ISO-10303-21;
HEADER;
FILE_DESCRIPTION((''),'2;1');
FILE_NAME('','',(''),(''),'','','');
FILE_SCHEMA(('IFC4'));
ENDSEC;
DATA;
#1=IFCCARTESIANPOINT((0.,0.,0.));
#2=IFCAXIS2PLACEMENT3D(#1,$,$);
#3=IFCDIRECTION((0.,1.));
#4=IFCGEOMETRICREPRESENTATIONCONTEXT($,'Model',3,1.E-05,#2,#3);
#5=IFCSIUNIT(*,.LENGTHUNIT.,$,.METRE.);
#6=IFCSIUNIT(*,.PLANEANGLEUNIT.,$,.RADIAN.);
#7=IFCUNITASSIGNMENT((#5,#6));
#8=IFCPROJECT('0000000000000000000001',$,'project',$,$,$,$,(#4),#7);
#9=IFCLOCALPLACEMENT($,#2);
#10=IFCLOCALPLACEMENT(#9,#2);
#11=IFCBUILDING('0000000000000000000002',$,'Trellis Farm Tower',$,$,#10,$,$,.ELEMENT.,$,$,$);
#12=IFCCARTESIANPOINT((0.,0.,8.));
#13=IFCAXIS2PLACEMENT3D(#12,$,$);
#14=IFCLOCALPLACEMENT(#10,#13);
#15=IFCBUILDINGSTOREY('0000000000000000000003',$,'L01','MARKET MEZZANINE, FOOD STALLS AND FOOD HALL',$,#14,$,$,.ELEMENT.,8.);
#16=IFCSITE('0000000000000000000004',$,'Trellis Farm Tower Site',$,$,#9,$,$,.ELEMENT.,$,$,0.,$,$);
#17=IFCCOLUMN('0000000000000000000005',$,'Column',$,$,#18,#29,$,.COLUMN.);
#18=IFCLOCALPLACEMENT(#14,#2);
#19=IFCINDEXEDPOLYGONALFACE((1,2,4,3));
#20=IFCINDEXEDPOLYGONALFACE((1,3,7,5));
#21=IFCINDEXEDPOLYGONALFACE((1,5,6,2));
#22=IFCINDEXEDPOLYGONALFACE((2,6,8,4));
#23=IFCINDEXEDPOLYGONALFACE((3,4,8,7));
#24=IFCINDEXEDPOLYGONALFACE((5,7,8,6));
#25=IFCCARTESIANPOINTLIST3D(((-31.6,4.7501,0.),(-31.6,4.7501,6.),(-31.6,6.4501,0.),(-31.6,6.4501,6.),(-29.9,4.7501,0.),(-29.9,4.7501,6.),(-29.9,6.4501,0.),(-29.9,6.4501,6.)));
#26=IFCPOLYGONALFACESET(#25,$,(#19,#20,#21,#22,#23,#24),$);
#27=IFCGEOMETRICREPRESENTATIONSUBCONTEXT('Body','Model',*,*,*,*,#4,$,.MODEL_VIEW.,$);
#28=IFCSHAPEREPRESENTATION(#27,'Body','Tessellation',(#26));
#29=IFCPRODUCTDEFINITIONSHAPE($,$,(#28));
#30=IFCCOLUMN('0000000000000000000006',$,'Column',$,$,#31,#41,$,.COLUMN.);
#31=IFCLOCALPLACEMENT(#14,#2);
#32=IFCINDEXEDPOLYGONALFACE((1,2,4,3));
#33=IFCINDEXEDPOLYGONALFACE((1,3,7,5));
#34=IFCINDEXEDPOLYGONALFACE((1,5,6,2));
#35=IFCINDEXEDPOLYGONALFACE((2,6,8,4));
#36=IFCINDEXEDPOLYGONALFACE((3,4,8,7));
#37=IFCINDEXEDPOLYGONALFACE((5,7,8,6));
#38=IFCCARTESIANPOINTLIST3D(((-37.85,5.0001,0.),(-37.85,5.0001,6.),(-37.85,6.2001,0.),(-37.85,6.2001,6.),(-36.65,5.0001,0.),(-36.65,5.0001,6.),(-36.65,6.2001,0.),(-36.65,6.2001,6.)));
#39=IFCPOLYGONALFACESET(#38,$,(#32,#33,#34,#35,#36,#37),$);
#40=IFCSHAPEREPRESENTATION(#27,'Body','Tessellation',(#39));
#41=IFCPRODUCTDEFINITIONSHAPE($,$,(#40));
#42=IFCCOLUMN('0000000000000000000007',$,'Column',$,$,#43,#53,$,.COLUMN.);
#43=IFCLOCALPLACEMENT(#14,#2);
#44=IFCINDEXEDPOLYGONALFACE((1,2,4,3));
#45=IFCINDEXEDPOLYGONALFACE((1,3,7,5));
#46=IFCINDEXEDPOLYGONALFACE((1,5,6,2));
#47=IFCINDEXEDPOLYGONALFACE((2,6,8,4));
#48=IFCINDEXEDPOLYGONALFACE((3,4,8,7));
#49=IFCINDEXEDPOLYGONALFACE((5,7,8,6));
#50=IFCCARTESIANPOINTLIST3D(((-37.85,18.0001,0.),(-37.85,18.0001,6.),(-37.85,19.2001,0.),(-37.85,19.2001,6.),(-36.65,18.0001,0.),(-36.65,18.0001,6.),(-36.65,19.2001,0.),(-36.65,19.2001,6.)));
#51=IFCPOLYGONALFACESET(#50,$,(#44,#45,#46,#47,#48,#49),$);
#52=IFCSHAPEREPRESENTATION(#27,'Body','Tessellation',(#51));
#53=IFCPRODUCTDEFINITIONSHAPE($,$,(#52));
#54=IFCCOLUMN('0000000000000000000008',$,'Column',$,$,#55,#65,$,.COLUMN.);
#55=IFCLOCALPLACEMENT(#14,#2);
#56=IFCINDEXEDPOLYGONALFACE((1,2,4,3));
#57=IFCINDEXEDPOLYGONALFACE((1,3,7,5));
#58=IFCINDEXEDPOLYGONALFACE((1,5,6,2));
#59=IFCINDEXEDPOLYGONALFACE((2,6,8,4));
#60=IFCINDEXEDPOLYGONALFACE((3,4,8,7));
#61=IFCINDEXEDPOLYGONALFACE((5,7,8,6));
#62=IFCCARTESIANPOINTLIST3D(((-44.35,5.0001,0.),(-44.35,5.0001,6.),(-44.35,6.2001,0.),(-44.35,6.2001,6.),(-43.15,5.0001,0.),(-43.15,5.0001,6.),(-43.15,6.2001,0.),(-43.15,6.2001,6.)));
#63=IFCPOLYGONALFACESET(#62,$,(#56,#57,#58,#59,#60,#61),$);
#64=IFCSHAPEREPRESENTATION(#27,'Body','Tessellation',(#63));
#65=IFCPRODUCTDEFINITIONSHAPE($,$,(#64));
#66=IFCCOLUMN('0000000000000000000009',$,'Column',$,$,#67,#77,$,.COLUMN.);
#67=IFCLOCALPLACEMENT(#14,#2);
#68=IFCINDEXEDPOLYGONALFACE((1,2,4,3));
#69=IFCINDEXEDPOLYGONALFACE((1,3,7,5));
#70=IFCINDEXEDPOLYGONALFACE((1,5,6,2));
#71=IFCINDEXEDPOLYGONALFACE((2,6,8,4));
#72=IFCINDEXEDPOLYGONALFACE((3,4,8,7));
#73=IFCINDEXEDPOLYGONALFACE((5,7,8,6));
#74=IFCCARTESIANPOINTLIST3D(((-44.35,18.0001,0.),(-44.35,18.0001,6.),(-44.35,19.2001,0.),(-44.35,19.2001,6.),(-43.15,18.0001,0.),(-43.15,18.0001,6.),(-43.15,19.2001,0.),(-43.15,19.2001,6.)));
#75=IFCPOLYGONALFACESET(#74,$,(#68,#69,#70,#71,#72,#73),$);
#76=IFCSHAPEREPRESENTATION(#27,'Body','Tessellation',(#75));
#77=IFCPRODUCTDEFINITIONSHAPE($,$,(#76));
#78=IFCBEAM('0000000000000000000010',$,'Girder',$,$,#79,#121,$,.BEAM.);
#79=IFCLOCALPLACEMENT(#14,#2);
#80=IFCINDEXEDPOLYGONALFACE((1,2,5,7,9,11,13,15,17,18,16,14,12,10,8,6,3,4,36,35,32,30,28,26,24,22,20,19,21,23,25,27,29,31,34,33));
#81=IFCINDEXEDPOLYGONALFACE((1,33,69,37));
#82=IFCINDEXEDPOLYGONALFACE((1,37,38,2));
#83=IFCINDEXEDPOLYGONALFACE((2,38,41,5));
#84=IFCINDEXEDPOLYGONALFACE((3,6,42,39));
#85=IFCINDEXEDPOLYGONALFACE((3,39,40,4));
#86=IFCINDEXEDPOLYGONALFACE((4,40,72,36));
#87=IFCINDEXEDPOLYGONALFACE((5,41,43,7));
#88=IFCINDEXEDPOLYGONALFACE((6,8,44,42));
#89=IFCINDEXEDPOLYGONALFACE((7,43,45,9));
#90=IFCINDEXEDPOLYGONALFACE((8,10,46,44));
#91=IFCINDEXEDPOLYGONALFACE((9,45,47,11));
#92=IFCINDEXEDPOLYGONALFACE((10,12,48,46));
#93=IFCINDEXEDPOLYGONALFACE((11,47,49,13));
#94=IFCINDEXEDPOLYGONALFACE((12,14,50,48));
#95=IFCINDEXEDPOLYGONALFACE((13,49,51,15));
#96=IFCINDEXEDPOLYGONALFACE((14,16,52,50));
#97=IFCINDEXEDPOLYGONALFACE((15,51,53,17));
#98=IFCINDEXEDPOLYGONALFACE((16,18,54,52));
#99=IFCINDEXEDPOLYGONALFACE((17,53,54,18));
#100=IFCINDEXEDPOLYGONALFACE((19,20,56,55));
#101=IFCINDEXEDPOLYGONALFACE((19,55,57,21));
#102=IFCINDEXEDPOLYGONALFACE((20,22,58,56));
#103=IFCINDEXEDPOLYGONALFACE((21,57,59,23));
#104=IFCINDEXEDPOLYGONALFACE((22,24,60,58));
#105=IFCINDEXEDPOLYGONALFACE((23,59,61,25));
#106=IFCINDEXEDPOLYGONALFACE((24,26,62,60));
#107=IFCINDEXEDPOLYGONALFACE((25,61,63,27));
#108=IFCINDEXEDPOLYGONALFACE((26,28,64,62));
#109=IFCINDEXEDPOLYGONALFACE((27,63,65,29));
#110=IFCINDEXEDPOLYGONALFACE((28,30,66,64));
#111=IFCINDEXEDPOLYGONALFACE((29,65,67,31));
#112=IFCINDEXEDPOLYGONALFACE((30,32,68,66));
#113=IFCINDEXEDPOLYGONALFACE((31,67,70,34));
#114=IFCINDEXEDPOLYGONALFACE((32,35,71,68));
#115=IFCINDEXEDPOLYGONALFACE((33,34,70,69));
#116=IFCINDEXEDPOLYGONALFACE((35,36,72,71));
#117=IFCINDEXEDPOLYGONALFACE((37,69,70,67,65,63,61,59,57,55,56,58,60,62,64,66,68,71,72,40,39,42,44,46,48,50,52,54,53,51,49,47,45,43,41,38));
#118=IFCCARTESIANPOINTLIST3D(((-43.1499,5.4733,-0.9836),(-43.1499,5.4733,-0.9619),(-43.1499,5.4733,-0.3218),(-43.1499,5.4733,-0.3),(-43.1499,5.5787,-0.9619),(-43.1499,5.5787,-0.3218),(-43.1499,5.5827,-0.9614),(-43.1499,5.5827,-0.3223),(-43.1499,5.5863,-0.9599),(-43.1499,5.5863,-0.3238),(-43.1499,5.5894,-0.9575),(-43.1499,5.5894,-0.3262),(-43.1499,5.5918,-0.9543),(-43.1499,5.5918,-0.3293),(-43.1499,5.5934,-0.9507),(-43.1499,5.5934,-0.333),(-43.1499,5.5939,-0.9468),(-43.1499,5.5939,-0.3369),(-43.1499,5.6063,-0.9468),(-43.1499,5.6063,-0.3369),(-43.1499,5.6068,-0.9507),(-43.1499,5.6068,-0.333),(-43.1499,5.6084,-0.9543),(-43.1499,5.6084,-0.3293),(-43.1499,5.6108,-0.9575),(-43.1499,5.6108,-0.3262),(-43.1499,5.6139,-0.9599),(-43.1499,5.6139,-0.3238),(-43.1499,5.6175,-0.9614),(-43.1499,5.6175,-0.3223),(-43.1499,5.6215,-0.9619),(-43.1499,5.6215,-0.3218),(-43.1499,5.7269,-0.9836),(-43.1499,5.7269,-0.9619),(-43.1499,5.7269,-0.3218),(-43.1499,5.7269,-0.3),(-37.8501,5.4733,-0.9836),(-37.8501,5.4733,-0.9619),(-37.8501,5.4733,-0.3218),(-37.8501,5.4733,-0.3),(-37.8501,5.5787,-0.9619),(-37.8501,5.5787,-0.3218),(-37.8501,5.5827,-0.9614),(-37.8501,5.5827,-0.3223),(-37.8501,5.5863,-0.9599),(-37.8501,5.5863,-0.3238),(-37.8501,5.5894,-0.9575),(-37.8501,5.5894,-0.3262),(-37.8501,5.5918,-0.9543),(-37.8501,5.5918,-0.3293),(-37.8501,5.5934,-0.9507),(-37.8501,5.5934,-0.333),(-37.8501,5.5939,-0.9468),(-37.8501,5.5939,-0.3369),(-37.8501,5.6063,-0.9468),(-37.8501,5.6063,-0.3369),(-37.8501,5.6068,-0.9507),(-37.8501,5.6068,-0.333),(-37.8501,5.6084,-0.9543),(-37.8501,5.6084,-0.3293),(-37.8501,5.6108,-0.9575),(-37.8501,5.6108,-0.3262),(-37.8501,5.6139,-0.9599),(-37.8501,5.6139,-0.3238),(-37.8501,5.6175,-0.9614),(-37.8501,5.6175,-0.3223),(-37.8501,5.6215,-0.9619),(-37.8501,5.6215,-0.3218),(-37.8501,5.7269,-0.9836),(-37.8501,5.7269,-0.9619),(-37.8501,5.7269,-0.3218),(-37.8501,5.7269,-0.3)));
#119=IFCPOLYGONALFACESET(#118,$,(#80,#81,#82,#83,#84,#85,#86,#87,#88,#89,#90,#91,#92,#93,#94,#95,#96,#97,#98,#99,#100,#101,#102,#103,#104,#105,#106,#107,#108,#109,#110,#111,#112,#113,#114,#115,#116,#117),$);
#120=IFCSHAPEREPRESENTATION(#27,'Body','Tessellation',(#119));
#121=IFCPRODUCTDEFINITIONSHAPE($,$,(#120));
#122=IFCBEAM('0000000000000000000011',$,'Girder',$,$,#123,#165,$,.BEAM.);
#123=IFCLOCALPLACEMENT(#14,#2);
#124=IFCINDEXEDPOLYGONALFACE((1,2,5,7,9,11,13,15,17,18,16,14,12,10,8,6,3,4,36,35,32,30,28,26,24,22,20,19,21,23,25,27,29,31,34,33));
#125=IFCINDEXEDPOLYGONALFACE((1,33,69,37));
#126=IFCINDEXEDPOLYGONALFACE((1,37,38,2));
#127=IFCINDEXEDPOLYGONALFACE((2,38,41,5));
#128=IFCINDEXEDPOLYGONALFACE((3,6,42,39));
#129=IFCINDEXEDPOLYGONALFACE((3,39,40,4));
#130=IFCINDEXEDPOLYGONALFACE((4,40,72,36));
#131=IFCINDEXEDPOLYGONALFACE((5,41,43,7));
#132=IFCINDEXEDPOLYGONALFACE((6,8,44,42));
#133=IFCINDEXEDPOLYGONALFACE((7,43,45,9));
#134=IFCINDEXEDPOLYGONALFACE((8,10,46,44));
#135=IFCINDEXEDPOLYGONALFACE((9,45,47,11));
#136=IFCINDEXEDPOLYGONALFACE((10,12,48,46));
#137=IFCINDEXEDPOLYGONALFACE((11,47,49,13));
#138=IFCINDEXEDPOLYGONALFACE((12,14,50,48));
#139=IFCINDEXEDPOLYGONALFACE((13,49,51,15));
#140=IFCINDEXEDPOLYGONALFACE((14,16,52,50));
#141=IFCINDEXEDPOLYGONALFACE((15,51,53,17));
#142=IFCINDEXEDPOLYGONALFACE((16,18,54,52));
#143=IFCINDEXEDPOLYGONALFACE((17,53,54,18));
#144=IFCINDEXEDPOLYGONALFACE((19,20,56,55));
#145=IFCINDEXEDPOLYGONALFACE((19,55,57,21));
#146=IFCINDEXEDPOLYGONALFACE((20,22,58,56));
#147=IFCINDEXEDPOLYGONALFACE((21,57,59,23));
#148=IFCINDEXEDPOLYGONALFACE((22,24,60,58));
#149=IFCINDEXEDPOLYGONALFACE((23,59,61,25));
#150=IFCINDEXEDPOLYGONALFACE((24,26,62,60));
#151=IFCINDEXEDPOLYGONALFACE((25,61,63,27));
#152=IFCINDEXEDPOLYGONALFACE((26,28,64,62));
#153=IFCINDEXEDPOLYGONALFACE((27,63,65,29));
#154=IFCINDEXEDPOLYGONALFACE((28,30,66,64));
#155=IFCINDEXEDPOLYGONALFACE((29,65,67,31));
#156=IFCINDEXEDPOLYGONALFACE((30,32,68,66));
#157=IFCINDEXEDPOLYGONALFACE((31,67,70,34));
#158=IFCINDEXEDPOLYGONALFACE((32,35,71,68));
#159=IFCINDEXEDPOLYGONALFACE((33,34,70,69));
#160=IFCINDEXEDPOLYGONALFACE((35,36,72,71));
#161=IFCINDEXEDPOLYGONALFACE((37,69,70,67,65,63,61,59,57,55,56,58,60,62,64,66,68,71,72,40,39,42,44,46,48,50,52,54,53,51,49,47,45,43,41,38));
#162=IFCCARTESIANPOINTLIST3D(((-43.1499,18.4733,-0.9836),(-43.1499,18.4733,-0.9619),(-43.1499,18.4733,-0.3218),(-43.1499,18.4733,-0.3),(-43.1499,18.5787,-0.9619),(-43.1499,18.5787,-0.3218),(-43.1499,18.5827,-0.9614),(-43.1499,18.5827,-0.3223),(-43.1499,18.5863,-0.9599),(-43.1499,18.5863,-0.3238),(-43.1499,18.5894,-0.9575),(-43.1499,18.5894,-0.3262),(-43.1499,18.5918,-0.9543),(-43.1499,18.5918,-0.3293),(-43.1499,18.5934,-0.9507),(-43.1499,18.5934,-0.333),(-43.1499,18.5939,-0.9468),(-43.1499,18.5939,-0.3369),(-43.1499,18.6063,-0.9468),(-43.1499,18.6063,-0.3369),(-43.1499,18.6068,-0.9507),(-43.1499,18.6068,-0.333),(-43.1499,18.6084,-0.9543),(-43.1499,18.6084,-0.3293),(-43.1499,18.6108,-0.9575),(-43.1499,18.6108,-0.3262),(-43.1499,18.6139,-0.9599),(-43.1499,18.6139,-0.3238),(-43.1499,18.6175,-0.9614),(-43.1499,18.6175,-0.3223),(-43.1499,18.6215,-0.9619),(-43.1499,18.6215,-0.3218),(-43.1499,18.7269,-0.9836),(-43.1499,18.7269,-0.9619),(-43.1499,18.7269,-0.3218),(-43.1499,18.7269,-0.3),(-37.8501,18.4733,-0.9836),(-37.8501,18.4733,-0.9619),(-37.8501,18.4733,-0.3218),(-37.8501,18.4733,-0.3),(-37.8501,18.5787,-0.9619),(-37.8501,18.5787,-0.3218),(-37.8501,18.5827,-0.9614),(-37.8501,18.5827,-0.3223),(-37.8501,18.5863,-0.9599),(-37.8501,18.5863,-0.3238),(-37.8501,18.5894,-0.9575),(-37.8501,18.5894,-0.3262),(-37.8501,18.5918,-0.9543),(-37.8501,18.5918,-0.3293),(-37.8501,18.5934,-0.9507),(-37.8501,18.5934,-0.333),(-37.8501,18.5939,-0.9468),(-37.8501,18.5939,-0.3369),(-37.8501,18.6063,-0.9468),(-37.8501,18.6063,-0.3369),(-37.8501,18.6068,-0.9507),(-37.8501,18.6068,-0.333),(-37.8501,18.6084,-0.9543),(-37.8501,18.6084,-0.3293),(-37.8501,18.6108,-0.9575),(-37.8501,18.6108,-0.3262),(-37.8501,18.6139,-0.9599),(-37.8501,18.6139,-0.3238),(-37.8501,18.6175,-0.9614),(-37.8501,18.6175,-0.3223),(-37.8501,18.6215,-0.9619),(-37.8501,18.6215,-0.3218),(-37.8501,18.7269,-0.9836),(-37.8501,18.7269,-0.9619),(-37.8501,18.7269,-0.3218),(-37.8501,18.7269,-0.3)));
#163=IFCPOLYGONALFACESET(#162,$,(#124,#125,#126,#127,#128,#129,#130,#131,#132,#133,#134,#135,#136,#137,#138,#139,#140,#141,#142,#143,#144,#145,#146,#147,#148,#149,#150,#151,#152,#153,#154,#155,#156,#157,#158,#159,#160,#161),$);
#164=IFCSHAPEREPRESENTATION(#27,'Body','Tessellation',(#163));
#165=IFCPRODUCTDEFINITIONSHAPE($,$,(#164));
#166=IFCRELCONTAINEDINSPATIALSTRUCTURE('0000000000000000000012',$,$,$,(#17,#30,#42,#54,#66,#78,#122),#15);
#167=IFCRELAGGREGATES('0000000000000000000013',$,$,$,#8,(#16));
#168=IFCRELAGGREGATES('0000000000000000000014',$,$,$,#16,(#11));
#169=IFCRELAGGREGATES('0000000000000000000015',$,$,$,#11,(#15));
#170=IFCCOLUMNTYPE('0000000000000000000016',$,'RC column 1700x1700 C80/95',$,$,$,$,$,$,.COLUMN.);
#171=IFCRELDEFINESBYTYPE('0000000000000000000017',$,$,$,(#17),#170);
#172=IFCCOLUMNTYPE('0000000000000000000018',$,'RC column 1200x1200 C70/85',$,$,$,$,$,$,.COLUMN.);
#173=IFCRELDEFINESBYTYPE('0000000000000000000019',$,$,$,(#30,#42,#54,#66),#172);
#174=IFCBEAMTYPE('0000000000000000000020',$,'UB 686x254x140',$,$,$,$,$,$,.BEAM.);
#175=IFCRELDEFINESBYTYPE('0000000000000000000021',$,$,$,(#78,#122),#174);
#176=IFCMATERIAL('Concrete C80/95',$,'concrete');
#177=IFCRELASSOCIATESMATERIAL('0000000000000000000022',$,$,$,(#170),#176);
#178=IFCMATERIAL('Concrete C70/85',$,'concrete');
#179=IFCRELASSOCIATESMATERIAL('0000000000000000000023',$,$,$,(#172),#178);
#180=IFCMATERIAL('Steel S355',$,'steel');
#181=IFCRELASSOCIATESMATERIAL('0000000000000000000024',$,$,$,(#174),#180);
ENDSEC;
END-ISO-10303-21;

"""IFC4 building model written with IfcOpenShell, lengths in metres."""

from ifc_helpers import new_model, si_unit, direction, frame, origin, origin_2d, place, context, subcontext, project, spatial, rectangle, i_section, extrude, source, transform, mapped, material, material_profile, profile_set, type_object, element, save


model = new_model("IFC4")

# Units and contexts
model_context = context("Model", 3, precision=1e-05, world=origin(), true_north=direction((0.0, 1.0)))
body_context = subcontext(model_context, "Body", "Model", "MODEL_VIEW")
ifc_project = project(units=[si_unit("LENGTHUNIT", "METRE"), si_unit("PLANEANGLEUNIT", "RADIAN")], contexts=[model_context])

# Site, building, storey
site_placement = place(None, origin())
site = spatial("IfcSite", under=ifc_project, at=site_placement, Name="Trellis Farm Tower Site", CompositionType="ELEMENT", RefElevation=0.0)
building_placement = place(site_placement, origin())
building = spatial("IfcBuilding", under=site, at=building_placement, Name="Trellis Farm Tower", CompositionType="ELEMENT")
storey_placement = place(building_placement, frame((0.0, 0.0, 8.0)))
storey = spatial("IfcBuildingStorey", under=building, at=storey_placement, Name="L01", Description="MARKET MEZZANINE, FOOD STALLS AND FOOD HALL", CompositionType="ELEMENT", Elevation=8.0)

# Columns
ifc_material_1 = material(Name="Concrete C80/95", Category="concrete")
ifc_material_profile_1 = material_profile(ifc_material_1, rectangle(XDim=1.7, YDim=1.7, at=origin_2d()), Name="RC column 1700x1700 C80/95")
ifc_profile_set_1 = profile_set([ifc_material_profile_1], Name="Concrete C80/95")
column_type_1 = type_object("IfcColumnType", Name="RC column 1700x1700 C80/95", PredefinedType="COLUMN", material=ifc_profile_set_1)
shared_shape_1 = source(origin(), body_context, "Body", "SweptSolid", [
    extrude(rectangle(XDim=1.7, YDim=1.7, at=origin_2d()), origin(), (0.0, 0.0, 1.0), 6.0),
])
column_placement = place(storey_placement, frame((-30.75, 5.6001, 0.0), z_axis=(0.0, 0.0, 1.0), x_axis=(1.0, 0.0, 0.0)))
element("IfcColumn", 1, at=column_placement, inside=storey, type_object=column_type_1, Name="Column", PredefinedType="COLUMN", context=body_context, shape_type="MappedRepresentation", body=[
    mapped(shared_shape_1, transform((0.0, 0.0, 0.0))),
])
ifc_material_2 = material(Name="Concrete C70/85", Category="concrete")
ifc_material_profile_2 = material_profile(ifc_material_2, rectangle(XDim=1.2, YDim=1.2, at=origin_2d()), Name="RC column 1200x1200 C70/85")
ifc_profile_set_2 = profile_set([ifc_material_profile_2], Name="Concrete C70/85")
column_type_2 = type_object("IfcColumnType", Name="RC column 1200x1200 C70/85", PredefinedType="COLUMN", material=ifc_profile_set_2)
shared_shape_2 = source(origin(), body_context, "Body", "SweptSolid", [
    extrude(rectangle(XDim=1.2, YDim=1.2, at=origin_2d()), origin(), (0.0, 0.0, 1.0), 6.0),
])
for number, where, z_axis, x_axis, name in (
    (2, (-37.25, 5.6001, 0.0), (0.0, 0.0, 1.0), (1.0, 0.0, 0.0), "Column"),
    (3, (-37.25, 18.6001, 0.0), (0.0, 0.0, 1.0), (1.0, 0.0, 0.0), "Column"),
    (4, (-43.75, 5.6001, 0.0), (0.0, 0.0, 1.0), (1.0, 0.0, 0.0), "Column"),
    (5, (-43.75, 18.6001, 0.0), (0.0, 0.0, 1.0), (1.0, 0.0, 0.0), "Column"),
):
    element("IfcColumn", number, at=place(storey_placement, frame(where, z_axis=z_axis, x_axis=x_axis)), inside=storey, type_object=column_type_2, Name=name, PredefinedType="COLUMN", context=body_context, shape_type="MappedRepresentation", body=[
        mapped(shared_shape_2, transform((0.0, 0.0, 0.0))),
    ])

# Beams
ifc_material_3 = material(Name="Steel S355", Category="steel")
ifc_material_profile_3 = material_profile(ifc_material_3, i_section(OverallWidth=0.2537, OverallDepth=0.6836, WebThickness=0.0125, FlangeThickness=0.0217, FilletRadius=0.0151, at=origin_2d()), Name="UB 686x254x140")
ifc_profile_set_3 = profile_set([ifc_material_profile_3], Name="Steel S355")
beam_type_1 = type_object("IfcBeamType", Name="UB 686x254x140", PredefinedType="BEAM", material=ifc_profile_set_3)
shared_shape_3 = source(origin(), body_context, "Body", "SweptSolid", [
    extrude(i_section(OverallWidth=0.2537, OverallDepth=0.6836, WebThickness=0.0125, FlangeThickness=0.0217, FilletRadius=0.0151, at=origin_2d()), origin(), (0.0, 0.0, 1.0), 5.2998),
])
for number, where, z_axis, x_axis, name in (
    (6, (-43.1499, 5.6001, -0.6418), (1.0, 0.0, 0.0), (0.0, 1.0, 0.0), "Girder"),
    (7, (-43.1499, 18.6001, -0.6418), (1.0, 0.0, 0.0), (0.0, 1.0, 0.0), "Girder"),
):
    element("IfcBeam", number, at=place(storey_placement, frame(where, z_axis=z_axis, x_axis=x_axis)), inside=storey, type_object=beam_type_1, Name=name, PredefinedType="BEAM", context=body_context, shape_type="MappedRepresentation", body=[
        mapped(shared_shape_3, transform((0.0, 0.0, 0.0))),
    ])

save(model, "model.ifc")
